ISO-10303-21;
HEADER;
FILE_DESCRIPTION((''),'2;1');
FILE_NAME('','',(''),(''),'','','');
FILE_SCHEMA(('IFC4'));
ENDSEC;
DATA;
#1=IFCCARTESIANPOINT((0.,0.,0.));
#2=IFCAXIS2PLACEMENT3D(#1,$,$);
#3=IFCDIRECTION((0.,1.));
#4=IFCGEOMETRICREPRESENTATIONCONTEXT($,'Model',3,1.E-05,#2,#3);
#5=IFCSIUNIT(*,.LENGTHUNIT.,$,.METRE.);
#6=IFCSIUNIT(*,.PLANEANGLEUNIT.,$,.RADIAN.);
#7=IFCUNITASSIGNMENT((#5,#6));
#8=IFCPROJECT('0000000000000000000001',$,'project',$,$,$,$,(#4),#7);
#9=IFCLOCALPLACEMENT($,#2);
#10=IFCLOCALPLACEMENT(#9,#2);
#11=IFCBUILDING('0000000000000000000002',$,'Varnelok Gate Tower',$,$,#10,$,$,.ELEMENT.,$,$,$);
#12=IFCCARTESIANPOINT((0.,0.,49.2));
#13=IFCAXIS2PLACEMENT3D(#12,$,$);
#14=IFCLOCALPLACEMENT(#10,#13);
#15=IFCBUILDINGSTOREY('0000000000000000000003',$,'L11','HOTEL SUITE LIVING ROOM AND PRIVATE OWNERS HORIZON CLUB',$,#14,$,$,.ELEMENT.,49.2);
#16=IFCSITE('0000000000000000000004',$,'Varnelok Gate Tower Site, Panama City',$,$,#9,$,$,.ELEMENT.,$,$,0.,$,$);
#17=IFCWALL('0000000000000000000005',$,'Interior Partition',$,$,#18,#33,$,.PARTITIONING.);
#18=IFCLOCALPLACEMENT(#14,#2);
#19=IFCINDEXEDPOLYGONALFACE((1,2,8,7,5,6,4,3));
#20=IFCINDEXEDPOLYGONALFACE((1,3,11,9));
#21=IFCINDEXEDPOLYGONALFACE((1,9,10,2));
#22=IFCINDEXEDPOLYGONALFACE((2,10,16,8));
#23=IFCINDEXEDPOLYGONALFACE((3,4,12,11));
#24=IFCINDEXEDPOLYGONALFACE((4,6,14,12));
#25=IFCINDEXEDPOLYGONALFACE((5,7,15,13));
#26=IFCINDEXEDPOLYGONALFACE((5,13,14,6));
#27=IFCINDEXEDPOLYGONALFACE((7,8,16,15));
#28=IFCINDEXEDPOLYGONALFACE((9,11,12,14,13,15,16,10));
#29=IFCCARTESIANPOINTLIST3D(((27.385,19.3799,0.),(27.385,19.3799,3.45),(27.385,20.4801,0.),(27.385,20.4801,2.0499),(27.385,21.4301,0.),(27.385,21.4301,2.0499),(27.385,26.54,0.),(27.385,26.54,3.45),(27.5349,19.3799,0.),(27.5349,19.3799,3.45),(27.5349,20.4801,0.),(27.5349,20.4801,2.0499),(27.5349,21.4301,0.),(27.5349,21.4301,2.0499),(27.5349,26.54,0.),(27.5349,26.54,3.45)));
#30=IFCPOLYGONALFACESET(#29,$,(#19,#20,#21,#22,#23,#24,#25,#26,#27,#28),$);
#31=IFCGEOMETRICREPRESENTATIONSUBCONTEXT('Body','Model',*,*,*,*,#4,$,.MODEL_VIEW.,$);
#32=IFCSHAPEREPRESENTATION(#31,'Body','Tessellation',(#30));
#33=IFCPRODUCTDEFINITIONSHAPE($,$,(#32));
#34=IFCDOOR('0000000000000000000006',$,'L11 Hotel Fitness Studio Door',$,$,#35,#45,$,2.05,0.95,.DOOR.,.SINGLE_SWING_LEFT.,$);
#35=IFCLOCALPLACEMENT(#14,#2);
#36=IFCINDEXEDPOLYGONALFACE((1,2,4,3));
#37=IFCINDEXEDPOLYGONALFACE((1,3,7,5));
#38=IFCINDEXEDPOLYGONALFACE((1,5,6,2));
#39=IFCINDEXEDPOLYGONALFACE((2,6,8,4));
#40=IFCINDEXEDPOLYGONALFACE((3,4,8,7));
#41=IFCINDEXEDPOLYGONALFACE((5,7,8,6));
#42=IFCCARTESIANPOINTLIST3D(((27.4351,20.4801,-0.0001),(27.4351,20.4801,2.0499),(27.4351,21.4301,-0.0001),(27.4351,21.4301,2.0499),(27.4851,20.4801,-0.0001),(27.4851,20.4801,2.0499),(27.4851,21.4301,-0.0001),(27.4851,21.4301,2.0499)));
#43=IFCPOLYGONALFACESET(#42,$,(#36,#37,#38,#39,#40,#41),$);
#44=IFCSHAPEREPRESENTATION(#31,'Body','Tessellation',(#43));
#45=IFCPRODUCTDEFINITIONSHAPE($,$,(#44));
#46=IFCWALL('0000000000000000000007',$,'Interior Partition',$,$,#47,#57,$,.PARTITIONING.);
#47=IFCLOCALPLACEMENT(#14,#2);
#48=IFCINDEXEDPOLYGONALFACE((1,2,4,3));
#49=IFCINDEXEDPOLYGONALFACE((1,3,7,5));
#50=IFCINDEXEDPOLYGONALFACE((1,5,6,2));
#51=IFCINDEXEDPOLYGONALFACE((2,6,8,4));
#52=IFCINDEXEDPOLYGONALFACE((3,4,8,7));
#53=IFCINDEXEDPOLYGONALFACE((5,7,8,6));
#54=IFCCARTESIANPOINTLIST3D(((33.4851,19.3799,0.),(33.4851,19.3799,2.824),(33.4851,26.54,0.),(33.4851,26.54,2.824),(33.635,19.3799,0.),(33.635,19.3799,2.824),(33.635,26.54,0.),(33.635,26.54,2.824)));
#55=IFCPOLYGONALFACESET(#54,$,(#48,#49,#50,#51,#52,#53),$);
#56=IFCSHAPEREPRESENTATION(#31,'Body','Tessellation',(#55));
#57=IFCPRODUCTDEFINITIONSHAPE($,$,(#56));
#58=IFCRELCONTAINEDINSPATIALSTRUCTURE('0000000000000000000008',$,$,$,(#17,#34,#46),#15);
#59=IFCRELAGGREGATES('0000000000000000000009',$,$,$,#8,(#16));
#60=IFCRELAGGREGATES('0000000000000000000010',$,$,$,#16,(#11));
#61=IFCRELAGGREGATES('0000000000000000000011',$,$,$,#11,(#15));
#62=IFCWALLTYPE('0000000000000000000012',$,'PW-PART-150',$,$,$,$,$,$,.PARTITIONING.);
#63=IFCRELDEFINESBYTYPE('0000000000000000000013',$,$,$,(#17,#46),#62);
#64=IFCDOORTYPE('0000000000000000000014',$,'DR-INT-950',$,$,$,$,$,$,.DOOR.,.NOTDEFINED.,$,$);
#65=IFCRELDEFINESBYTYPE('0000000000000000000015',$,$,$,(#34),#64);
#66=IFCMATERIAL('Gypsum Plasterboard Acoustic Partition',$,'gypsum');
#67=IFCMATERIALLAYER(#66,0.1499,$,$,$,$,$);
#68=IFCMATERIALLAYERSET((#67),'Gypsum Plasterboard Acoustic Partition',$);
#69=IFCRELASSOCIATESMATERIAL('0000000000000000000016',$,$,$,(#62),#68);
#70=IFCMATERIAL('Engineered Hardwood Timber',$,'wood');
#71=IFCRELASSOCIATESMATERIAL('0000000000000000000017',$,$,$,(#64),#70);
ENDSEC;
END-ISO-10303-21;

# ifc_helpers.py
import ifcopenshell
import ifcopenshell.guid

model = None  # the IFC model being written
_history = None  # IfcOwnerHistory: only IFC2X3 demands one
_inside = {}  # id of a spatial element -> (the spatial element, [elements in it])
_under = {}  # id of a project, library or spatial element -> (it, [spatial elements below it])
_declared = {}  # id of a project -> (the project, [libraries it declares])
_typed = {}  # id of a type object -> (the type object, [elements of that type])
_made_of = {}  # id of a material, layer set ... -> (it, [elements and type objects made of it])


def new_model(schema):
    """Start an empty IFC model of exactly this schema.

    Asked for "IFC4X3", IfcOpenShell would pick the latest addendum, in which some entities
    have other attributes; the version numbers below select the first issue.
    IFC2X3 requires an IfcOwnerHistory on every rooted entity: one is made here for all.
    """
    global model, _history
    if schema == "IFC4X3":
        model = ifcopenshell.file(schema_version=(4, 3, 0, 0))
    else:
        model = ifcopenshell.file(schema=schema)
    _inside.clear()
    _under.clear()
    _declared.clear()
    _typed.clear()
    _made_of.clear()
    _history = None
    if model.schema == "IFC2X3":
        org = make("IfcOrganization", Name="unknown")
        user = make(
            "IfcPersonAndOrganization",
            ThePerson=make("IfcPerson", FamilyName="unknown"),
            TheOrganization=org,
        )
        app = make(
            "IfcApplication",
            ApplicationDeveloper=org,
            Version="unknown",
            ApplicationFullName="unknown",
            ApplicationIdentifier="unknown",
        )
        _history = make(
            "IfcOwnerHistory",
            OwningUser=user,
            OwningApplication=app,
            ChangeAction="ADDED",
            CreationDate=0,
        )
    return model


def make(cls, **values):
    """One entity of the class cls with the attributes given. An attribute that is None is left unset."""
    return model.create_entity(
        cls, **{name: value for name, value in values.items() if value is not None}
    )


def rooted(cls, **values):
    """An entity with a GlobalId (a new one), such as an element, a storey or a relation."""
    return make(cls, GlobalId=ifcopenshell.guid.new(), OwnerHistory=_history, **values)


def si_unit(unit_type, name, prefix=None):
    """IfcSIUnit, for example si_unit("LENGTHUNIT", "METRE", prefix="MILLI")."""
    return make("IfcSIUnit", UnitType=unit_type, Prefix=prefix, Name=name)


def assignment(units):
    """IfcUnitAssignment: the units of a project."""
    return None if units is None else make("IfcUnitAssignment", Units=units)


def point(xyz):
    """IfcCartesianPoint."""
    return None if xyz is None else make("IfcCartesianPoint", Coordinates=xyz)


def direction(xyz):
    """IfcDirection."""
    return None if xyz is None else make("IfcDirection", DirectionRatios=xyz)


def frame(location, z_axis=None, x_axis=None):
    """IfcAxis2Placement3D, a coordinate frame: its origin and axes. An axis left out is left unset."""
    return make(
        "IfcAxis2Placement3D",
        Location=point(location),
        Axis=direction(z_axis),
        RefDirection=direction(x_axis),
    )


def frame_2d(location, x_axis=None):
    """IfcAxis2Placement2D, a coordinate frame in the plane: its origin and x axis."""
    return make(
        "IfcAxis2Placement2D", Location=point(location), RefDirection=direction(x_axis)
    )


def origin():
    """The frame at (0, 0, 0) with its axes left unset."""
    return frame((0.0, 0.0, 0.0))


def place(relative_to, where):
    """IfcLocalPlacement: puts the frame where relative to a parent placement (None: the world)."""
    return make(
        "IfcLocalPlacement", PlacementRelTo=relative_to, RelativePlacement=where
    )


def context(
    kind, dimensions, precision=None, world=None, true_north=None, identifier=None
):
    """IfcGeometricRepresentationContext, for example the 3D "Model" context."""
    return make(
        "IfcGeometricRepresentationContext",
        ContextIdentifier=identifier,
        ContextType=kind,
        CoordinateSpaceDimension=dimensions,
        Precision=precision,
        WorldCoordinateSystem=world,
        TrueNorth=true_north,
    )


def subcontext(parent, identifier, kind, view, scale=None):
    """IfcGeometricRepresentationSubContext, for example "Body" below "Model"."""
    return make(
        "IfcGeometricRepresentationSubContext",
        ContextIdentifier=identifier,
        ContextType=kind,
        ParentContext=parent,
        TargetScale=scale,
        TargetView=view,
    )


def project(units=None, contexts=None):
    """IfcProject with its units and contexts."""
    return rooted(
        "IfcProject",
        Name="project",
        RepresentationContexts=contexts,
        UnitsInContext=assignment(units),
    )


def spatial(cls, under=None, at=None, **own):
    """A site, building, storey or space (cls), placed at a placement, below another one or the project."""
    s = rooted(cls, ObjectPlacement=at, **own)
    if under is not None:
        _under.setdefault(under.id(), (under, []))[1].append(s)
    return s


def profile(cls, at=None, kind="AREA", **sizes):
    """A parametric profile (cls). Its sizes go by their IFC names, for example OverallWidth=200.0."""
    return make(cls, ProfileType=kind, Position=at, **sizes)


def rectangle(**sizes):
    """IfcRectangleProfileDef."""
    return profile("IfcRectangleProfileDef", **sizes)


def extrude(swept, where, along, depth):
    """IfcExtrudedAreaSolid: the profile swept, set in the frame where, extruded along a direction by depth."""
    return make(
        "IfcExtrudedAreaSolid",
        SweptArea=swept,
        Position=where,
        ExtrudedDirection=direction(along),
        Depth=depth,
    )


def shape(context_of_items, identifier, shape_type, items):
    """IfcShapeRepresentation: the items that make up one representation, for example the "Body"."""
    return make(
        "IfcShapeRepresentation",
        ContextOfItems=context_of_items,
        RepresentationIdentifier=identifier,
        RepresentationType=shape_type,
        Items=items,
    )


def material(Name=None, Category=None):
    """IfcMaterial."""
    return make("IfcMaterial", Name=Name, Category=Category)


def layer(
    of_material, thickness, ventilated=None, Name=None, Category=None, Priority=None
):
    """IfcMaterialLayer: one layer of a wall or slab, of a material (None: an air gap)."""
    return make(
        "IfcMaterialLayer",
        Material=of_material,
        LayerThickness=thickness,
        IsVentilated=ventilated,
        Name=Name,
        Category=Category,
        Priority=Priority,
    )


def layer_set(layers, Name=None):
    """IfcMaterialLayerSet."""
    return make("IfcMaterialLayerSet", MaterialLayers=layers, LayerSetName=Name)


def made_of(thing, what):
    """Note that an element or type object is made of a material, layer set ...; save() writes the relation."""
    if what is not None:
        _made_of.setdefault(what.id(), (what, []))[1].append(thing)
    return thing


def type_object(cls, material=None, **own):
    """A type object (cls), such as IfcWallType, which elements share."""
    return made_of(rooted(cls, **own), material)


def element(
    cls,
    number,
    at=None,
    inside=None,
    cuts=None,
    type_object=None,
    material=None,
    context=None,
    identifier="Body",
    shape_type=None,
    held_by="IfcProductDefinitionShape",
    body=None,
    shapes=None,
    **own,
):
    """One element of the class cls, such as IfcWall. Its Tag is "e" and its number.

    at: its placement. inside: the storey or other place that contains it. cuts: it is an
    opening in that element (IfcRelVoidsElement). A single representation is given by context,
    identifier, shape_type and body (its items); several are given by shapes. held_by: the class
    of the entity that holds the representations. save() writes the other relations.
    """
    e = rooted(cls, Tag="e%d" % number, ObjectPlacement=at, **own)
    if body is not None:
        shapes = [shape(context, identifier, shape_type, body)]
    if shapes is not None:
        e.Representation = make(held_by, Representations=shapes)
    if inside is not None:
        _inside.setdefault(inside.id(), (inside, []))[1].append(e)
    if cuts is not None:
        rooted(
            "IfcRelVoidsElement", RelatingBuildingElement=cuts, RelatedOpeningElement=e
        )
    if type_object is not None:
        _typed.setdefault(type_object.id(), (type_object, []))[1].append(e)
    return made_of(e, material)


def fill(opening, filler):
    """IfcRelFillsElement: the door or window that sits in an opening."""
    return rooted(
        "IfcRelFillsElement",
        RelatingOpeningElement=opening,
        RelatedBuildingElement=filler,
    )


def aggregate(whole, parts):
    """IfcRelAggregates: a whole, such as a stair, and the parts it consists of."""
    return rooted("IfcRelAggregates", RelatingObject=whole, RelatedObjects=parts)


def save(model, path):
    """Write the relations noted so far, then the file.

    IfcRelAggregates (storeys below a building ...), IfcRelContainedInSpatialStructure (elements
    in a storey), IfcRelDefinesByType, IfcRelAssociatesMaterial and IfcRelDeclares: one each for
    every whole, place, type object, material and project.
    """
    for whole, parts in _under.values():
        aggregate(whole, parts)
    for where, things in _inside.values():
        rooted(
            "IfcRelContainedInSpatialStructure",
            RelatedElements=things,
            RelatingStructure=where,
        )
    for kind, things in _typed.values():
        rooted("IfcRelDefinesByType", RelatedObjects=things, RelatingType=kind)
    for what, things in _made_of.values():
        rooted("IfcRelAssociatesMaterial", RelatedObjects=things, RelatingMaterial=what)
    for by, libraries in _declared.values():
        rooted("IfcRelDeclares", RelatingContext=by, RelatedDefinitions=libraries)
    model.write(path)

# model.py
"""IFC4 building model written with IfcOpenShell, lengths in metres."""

from ifc_helpers import new_model, si_unit, direction, frame, frame_2d, origin, place, context, subcontext, project, spatial, rectangle, extrude, material, layer, layer_set, type_object, element, fill, save


model = new_model("IFC4")

# Units and contexts
model_context = context("Model", 3, precision=1e-05, world=origin(), true_north=direction((0.0, 1.0)))
body_context = subcontext(model_context, "Body", "Model", "MODEL_VIEW")
ifc_project = project(units=[si_unit("LENGTHUNIT", "METRE"), si_unit("PLANEANGLEUNIT", "RADIAN")], contexts=[model_context])

# Site, building, storey
site_placement = place(None, origin())
site = spatial("IfcSite", under=ifc_project, at=site_placement, Name="Varnelok Gate Tower Site, Panama City", CompositionType="ELEMENT", RefElevation=0.0)
building_placement = place(site_placement, origin())
building = spatial("IfcBuilding", under=site, at=building_placement, Name="Varnelok Gate Tower", CompositionType="ELEMENT")
storey_placement = place(building_placement, frame((0.0, 0.0, 49.2)))
storey = spatial("IfcBuildingStorey", under=building, at=storey_placement, Name="L11", Description="HOTEL SUITE LIVING ROOM AND PRIVATE OWNERS HORIZON CLUB", CompositionType="ELEMENT", Elevation=49.2)

# Shared definitions
ifc_material_1 = material(Name="Gypsum Plasterboard Acoustic Partition", Category="gypsum")
ifc_material_2 = material(Name="Engineered Hardwood Timber", Category="wood")

# Shared definitions
ifc_layer_1 = layer(ifc_material_1, 0.1499)
ifc_layer_set_1 = layer_set([ifc_layer_1], Name="Gypsum Plasterboard Acoustic Partition")
wall_type_1 = type_object("IfcWallType", Name="PW-PART-150", PredefinedType="PARTITIONING", material=ifc_layer_set_1)

# Wall, opening, door
wall_1_placement = place(storey_placement, frame((27.46, 19.3799, 0.0), z_axis=(0.0, 0.0, 1.0), x_axis=(0.0, 1.0, 0.0)))
wall_1 = element("IfcWall", 1, at=wall_1_placement, inside=storey, type_object=wall_type_1, Name="Interior Partition", PredefinedType="PARTITIONING", context=body_context, shape_type="SweptSolid", body=[
    extrude(rectangle(XDim=7.1602, YDim=0.1499, at=frame_2d((3.5801, 0.0))), origin(), (0.0, 0.0, 1.0), 3.45),
])
opening_1_placement = place(wall_1_placement, frame((1.1001, 0.0, 0.0)))
opening_1 = element("IfcOpeningElement", 2, at=opening_1_placement, cuts=wall_1, PredefinedType="OPENING", context=body_context, shape_type="SweptSolid", body=[
    extrude(rectangle(XDim=0.95, YDim=2.05, at=frame_2d((0.4751, 1.0249))), frame((0.0, 0.085, 0.0), z_axis=(0.0, -1.0, 0.0), x_axis=(1.0, 0.0, 0.0)), (0.0, 0.0, 1.0), 0.1699),
])
door_type_1 = type_object("IfcDoorType", Name="DR-INT-950", OperationType="NOTDEFINED", PredefinedType="DOOR", material=ifc_material_2)
door_1_placement = place(opening_1_placement, origin())
door_1 = element("IfcDoor", 3, at=door_1_placement, inside=storey, type_object=door_type_1, Name="L11 Hotel Fitness Studio Door", OperationType="SINGLE_SWING_LEFT", OverallHeight=2.05, OverallWidth=0.95, PredefinedType="DOOR", context=body_context, shape_type="SweptSolid", body=[
    extrude(rectangle(XDim=0.95, YDim=2.05, at=frame_2d((0.4751, 1.0249))), frame((0.0, 0.0249, 0.0), z_axis=(0.0, -1.0, 0.0), x_axis=(1.0, 0.0, 0.0)), (0.0, 0.0, 1.0), 0.05),
])
fill(opening_1, door_1)

# Wall
wall_2_placement = place(storey_placement, frame((33.5601, 19.3799, 0.0), z_axis=(0.0, 0.0, 1.0), x_axis=(0.0, 1.0, 0.0)))
element("IfcWall", 4, at=wall_2_placement, inside=storey, type_object=wall_type_1, Name="Interior Partition", PredefinedType="PARTITIONING", context=body_context, shape_type="SweptSolid", body=[
    extrude(rectangle(XDim=7.1602, YDim=0.1499, at=frame_2d((3.5801, 0.0))), origin(), (0.0, 0.0, 1.0), 2.824),
])

save(model, "model.ifc")
